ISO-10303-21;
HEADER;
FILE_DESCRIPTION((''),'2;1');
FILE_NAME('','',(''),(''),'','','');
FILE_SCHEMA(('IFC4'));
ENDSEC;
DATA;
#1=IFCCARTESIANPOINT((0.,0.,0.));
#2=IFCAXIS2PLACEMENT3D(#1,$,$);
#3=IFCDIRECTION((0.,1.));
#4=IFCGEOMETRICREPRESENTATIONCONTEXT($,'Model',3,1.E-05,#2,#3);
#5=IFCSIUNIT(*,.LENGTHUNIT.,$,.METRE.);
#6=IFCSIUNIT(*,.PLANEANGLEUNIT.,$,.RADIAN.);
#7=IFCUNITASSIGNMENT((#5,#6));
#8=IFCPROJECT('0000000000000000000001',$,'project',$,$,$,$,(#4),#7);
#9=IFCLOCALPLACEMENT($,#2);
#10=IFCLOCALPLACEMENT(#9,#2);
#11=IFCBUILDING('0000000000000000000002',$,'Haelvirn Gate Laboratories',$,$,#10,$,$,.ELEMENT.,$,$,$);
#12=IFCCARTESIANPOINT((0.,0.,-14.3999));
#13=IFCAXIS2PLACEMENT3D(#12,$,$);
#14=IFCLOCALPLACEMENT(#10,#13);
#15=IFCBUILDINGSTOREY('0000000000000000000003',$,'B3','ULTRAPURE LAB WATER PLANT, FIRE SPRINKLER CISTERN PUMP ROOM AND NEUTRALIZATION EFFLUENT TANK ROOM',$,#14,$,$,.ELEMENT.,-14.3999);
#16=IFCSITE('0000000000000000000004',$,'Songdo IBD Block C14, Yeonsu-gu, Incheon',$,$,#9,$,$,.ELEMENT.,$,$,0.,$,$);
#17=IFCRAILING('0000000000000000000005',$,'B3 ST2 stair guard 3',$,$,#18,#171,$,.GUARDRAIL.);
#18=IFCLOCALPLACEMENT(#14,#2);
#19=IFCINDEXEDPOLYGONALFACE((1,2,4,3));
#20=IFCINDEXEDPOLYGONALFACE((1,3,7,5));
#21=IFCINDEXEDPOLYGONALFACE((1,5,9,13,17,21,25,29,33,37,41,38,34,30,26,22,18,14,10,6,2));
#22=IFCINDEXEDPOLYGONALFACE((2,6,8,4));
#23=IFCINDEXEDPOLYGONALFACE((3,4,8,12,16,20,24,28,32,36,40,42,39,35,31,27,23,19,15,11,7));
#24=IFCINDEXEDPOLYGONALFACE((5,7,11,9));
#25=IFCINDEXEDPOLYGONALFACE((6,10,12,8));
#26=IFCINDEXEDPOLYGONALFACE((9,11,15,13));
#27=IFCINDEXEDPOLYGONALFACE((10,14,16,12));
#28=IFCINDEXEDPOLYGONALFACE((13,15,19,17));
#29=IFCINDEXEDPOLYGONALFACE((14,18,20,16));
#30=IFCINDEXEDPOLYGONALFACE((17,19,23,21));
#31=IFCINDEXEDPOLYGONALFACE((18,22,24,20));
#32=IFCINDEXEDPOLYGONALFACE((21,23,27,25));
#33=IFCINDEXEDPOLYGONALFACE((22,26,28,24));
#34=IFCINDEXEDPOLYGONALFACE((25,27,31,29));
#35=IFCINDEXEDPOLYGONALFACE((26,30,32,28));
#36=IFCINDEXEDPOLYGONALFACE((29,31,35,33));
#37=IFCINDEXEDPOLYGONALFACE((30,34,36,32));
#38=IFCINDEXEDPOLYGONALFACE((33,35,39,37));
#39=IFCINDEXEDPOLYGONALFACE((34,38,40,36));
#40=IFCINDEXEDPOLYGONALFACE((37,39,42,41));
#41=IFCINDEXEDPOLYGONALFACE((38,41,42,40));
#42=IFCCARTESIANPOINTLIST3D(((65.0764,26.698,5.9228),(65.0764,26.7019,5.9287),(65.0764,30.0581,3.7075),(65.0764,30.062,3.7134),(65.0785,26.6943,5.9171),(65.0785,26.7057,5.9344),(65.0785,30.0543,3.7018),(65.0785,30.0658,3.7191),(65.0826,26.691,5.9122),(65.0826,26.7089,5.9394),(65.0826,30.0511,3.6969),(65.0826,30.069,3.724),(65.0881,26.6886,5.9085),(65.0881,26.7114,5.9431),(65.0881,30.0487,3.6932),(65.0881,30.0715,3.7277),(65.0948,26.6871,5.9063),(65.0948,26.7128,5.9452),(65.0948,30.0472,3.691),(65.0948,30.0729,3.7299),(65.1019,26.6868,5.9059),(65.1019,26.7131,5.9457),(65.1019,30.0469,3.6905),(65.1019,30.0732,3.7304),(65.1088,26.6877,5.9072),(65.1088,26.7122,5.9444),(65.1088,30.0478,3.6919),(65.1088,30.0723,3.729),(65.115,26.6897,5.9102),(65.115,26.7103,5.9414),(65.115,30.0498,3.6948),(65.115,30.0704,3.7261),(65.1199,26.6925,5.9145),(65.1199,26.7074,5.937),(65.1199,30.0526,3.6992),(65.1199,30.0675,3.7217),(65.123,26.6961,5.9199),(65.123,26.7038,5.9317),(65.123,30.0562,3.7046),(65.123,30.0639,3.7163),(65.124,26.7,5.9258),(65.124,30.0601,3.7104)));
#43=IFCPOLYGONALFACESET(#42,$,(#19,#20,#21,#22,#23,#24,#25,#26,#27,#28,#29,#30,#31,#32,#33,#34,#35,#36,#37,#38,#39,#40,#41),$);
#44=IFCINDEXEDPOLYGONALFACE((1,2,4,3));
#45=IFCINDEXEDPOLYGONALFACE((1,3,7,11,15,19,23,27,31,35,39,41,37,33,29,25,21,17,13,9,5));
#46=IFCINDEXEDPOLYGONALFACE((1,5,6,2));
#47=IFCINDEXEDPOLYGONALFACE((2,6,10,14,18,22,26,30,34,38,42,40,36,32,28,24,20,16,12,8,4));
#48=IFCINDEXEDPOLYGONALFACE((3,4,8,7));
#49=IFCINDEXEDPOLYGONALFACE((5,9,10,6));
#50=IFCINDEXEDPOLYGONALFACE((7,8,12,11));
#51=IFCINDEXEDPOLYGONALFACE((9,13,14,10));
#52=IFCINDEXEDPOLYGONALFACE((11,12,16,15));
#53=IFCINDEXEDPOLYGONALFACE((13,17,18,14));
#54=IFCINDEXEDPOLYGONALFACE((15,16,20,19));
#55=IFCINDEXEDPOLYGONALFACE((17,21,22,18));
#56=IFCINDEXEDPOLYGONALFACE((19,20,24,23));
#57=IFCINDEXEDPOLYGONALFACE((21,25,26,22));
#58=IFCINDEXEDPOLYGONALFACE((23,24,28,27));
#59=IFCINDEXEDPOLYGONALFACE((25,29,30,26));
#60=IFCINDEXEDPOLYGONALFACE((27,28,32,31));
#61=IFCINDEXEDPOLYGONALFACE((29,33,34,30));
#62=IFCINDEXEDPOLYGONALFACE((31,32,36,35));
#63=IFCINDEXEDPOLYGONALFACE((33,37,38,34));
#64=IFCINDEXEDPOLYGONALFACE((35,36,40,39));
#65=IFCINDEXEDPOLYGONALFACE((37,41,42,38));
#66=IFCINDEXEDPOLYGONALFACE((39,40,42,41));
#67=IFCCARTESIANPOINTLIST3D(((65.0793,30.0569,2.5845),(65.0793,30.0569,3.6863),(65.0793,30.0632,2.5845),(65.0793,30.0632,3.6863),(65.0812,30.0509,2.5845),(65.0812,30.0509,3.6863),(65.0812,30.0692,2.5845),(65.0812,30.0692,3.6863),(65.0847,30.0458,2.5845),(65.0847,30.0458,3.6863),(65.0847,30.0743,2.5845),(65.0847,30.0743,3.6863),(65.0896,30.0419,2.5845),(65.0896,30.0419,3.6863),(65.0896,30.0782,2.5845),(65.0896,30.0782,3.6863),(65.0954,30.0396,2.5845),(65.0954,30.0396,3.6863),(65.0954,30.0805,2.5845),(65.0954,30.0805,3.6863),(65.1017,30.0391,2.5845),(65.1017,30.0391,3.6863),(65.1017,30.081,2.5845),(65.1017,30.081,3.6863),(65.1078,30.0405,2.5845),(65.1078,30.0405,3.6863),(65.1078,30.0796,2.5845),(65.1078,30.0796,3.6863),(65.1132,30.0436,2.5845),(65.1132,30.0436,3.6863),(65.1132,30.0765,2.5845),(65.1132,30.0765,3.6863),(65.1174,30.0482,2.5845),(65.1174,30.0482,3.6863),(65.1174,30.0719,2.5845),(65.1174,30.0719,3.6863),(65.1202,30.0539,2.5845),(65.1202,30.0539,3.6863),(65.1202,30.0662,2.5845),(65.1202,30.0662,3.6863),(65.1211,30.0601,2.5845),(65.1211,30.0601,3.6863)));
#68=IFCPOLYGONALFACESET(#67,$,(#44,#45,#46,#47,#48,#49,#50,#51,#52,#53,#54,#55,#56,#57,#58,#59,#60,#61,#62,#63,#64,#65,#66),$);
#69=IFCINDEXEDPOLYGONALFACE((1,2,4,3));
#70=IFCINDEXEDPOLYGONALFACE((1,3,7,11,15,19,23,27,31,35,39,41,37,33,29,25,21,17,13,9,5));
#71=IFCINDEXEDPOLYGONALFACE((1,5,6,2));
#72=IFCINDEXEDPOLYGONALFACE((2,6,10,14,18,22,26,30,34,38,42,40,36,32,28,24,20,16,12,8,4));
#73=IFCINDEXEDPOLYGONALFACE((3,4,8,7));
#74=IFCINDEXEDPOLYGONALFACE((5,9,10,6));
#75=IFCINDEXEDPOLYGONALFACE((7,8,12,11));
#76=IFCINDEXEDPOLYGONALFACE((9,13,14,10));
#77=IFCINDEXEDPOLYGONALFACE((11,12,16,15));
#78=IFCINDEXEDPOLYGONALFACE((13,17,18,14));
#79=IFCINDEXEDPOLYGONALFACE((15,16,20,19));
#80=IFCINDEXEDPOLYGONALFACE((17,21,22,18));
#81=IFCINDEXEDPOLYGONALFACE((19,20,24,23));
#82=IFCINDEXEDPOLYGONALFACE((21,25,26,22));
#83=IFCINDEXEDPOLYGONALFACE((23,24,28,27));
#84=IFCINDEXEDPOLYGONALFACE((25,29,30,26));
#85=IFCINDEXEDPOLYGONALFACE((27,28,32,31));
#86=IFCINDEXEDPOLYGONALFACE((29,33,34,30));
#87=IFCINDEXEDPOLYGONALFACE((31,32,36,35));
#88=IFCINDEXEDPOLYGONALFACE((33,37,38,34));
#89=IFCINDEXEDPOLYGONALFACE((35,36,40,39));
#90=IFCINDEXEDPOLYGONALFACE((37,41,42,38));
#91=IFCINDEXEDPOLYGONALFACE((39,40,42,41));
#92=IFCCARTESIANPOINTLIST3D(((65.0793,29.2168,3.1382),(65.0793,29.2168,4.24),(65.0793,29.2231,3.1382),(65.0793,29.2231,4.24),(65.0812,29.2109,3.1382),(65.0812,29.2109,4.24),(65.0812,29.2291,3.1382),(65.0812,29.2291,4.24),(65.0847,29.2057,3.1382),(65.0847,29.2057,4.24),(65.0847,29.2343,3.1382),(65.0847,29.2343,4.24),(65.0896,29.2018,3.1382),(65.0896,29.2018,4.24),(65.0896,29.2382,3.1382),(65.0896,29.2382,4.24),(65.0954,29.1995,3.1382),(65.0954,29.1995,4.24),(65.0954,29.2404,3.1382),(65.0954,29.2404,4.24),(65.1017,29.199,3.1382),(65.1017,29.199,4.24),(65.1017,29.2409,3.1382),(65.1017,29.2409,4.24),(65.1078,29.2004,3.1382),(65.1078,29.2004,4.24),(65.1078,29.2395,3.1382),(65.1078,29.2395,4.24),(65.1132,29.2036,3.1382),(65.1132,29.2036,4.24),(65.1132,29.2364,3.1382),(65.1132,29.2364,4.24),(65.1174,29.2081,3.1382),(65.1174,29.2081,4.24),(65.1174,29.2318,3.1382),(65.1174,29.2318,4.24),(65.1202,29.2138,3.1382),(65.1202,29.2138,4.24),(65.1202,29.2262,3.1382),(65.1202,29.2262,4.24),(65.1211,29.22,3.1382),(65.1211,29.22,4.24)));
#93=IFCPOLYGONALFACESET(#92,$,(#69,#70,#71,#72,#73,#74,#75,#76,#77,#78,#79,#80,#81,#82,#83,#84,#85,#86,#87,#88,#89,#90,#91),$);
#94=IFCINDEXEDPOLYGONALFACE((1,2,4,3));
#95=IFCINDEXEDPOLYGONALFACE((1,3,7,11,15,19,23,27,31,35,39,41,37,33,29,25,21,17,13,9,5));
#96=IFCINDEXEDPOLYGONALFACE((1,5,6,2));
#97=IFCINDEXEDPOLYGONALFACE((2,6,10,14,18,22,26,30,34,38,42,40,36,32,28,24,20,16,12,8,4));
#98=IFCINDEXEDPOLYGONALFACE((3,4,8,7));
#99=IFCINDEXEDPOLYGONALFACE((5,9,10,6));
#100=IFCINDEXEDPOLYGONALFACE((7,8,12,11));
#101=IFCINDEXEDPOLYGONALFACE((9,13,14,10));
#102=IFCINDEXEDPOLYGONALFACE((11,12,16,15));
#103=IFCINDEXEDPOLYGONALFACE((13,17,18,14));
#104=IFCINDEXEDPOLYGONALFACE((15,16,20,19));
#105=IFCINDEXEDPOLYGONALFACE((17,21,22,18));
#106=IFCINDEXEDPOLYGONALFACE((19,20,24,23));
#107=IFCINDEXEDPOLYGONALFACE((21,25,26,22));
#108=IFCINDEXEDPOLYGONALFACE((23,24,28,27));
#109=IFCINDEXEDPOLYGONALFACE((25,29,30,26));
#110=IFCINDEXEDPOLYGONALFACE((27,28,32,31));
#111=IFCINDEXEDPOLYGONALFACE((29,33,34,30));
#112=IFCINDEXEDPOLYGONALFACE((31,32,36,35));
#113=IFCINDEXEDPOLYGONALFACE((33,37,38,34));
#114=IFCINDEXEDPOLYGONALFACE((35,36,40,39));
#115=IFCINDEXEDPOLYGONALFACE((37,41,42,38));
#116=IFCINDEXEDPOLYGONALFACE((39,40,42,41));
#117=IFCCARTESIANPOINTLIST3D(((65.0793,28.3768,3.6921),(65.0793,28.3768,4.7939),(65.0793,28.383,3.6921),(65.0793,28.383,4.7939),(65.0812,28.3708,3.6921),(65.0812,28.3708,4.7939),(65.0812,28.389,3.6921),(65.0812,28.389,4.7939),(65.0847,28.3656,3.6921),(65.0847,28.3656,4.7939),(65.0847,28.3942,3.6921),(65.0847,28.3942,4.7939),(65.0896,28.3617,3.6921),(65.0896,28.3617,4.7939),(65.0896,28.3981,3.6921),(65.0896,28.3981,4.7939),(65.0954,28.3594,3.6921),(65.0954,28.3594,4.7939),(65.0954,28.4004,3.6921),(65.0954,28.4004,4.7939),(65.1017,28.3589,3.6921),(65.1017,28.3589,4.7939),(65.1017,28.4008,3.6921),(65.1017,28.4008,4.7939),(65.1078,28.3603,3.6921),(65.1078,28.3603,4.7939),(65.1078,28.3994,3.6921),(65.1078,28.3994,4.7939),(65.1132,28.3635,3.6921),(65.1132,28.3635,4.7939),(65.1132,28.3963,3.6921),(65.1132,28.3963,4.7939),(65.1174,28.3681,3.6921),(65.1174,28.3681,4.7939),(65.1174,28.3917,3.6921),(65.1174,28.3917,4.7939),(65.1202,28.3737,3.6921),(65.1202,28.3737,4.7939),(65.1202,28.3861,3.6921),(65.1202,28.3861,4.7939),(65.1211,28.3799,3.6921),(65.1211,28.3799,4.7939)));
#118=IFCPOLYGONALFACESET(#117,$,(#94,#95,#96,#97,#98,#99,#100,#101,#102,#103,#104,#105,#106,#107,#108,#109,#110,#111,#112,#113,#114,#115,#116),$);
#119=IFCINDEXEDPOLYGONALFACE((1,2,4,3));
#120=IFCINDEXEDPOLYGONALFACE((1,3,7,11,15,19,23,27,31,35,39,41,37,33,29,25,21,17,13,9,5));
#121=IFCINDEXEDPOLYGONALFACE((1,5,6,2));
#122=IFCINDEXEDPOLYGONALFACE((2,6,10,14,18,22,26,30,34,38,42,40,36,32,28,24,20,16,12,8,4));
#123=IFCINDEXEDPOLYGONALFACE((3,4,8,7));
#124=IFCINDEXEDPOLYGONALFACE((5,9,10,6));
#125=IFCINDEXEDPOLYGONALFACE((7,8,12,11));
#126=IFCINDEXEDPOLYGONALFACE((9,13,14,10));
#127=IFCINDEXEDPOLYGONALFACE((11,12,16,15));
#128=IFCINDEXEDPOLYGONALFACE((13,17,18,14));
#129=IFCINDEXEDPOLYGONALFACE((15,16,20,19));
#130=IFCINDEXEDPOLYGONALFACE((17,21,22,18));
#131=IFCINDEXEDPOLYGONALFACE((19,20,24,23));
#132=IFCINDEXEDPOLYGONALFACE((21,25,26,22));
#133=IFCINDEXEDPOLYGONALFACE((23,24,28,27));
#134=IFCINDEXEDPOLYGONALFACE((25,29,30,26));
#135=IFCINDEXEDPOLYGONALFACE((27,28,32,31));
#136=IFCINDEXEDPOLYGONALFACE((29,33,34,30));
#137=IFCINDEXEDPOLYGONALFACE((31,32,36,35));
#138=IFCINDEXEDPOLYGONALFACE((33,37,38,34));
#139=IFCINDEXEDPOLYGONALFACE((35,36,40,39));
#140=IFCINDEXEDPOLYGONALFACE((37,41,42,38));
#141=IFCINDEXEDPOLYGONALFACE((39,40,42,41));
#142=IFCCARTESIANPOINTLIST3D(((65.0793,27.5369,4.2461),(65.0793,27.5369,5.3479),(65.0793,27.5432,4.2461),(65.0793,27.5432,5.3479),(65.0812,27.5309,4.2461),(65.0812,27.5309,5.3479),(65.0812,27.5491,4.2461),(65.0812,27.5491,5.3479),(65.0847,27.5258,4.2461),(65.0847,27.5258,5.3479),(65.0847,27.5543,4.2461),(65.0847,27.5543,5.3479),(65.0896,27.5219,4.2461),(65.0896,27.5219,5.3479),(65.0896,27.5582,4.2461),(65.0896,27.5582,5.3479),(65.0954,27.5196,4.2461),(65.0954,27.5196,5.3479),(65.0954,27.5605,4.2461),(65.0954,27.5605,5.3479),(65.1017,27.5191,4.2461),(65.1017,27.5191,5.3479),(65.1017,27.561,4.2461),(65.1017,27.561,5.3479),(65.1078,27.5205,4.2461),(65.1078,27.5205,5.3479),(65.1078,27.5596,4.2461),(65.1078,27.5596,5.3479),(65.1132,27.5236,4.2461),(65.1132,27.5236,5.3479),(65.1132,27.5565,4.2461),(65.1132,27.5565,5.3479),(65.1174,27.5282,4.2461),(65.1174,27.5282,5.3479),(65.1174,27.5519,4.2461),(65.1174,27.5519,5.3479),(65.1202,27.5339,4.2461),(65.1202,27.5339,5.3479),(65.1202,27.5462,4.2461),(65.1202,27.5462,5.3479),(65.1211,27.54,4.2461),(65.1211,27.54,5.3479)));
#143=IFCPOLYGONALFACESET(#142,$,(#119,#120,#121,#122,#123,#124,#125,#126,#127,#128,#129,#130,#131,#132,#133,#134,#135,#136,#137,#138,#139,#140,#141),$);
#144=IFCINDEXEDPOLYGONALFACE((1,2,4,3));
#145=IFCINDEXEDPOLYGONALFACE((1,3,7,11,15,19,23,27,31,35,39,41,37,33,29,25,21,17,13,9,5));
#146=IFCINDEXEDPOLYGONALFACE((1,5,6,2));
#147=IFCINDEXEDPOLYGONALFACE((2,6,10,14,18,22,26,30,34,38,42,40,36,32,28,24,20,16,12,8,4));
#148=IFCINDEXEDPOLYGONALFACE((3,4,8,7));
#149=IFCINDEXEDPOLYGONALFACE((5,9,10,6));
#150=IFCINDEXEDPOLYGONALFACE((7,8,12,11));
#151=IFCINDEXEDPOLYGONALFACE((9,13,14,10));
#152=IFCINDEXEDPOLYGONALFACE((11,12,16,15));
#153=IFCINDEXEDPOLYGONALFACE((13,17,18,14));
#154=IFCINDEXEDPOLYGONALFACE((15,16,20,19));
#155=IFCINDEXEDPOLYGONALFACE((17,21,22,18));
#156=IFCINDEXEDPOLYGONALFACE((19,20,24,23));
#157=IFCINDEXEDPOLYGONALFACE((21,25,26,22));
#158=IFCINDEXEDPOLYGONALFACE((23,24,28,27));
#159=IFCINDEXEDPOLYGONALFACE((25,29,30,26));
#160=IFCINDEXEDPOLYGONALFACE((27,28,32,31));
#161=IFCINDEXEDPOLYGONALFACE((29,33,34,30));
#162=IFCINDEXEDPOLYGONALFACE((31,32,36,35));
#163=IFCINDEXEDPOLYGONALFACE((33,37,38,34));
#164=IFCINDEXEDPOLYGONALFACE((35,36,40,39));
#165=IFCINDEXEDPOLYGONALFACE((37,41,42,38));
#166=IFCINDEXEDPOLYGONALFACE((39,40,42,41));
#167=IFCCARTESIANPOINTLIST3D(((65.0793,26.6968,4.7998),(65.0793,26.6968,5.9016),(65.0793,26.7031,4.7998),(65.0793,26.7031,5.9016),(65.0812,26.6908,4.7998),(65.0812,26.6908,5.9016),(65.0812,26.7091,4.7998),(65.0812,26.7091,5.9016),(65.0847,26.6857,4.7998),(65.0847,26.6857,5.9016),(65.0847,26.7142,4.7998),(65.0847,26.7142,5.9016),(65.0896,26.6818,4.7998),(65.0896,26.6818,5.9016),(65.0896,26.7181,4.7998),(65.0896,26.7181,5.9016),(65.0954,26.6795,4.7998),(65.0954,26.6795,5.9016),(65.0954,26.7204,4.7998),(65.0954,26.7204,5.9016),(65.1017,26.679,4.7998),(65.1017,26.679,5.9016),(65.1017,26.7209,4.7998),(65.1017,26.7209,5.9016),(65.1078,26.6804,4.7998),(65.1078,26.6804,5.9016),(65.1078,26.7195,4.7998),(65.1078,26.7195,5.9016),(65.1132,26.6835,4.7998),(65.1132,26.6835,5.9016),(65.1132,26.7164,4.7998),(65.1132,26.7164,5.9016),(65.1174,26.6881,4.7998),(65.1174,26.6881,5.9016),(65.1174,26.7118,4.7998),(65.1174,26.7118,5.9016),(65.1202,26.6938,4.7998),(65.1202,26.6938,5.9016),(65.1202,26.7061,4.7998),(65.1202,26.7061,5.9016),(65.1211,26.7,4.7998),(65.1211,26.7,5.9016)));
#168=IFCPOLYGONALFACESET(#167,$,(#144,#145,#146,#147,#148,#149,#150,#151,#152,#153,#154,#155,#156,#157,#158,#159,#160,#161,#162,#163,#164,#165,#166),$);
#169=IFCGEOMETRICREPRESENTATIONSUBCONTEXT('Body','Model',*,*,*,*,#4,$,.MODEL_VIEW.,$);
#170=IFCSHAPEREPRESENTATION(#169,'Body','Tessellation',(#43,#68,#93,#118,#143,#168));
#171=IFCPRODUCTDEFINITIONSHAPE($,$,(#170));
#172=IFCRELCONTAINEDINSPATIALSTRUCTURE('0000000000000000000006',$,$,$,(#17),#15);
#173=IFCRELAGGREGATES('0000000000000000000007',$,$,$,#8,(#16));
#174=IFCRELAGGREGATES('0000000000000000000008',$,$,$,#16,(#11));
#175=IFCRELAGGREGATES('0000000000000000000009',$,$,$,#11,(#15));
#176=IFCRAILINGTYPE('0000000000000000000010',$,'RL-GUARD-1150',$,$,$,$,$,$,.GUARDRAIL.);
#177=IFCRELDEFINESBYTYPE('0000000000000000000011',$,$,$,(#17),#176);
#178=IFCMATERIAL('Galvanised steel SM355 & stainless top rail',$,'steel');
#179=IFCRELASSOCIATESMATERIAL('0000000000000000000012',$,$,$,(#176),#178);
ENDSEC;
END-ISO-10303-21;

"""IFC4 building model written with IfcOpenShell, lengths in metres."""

from ifc_helpers import new_model, si_unit, direction, frame, origin, origin_2d, place, context, subcontext, project, spatial, circle, extrude, source, transform, mapped, material, type_object, element, save


model = new_model("IFC4")

# Units and contexts
model_context = context("Model", 3, precision=1e-05, world=origin(), true_north=direction((0.0, 1.0)))
body_context = subcontext(model_context, "Body", "Model", "MODEL_VIEW")
ifc_project = project(units=[si_unit("LENGTHUNIT", "METRE"), si_unit("PLANEANGLEUNIT", "RADIAN")], contexts=[model_context])

# Site, building, storey
site_placement = place(None, origin())
site = spatial("IfcSite", under=ifc_project, at=site_placement, Name="Songdo IBD Block C14, Yeonsu-gu, Incheon", CompositionType="ELEMENT", RefElevation=0.0)
building_placement = place(site_placement, origin())
building = spatial("IfcBuilding", under=site, at=building_placement, Name="Haelvirn Gate Laboratories", CompositionType="ELEMENT")
storey_placement = place(building_placement, frame((0.0, 0.0, -14.3999)))
storey = spatial("IfcBuildingStorey", under=building, at=storey_placement, Name="B3", Description="ULTRAPURE LAB WATER PLANT, FIRE SPRINKLER CISTERN PUMP ROOM AND NEUTRALIZATION EFFLUENT TANK ROOM", CompositionType="ELEMENT", Elevation=-14.3999)

# Railing
ifc_material_1 = material(Name="Galvanised steel SM355 & stainless top rail", Category="steel")
railing_type_1 = type_object("IfcRailingType", Name="RL-GUARD-1150", PredefinedType="GUARDRAIL", material=ifc_material_1)
shared_shape_1 = source(origin(), body_context, "Body", "SweptSolid", [
    extrude(circle(Radius=0.0239, at=origin_2d()), frame((0.0, 0.0, 1.126), z_axis=(0.0, -0.834876, 0.550437), x_axis=(1.0, 0.0, 0.0)), (0.0, 0.0, 1.0), 4.0247),
    extrude(circle(Radius=0.021, at=origin_2d()), origin(), (0.0, 0.0, 1.0), 1.1018),
    extrude(circle(Radius=0.021, at=origin_2d()), frame((0.0, -0.8401, 0.5537)), (0.0, 0.0, 1.0), 1.1018),
    extrude(circle(Radius=0.021, at=origin_2d()), frame((0.0, -1.6802, 1.1077)), (0.0, 0.0, 1.0), 1.1018),
    extrude(circle(Radius=0.021, at=origin_2d()), frame((0.0, -2.52, 1.6616)), (0.0, 0.0, 1.0), 1.1018),
    extrude(circle(Radius=0.021, at=origin_2d()), frame((0.0, -3.3601, 2.2153)), (0.0, 0.0, 1.0), 1.1018),
])
railing_1_placement = place(storey_placement, frame((65.1001, 30.0601, 2.5845)))
element("IfcRailing", 1, at=railing_1_placement, inside=storey, type_object=railing_type_1, Name="B3 ST2 stair guard 3", PredefinedType="GUARDRAIL", context=body_context, shape_type="MappedRepresentation", body=[
    mapped(shared_shape_1, transform((0.0, 0.0, 0.0), scale=1.0)),
])

save(model, "model.ifc")
